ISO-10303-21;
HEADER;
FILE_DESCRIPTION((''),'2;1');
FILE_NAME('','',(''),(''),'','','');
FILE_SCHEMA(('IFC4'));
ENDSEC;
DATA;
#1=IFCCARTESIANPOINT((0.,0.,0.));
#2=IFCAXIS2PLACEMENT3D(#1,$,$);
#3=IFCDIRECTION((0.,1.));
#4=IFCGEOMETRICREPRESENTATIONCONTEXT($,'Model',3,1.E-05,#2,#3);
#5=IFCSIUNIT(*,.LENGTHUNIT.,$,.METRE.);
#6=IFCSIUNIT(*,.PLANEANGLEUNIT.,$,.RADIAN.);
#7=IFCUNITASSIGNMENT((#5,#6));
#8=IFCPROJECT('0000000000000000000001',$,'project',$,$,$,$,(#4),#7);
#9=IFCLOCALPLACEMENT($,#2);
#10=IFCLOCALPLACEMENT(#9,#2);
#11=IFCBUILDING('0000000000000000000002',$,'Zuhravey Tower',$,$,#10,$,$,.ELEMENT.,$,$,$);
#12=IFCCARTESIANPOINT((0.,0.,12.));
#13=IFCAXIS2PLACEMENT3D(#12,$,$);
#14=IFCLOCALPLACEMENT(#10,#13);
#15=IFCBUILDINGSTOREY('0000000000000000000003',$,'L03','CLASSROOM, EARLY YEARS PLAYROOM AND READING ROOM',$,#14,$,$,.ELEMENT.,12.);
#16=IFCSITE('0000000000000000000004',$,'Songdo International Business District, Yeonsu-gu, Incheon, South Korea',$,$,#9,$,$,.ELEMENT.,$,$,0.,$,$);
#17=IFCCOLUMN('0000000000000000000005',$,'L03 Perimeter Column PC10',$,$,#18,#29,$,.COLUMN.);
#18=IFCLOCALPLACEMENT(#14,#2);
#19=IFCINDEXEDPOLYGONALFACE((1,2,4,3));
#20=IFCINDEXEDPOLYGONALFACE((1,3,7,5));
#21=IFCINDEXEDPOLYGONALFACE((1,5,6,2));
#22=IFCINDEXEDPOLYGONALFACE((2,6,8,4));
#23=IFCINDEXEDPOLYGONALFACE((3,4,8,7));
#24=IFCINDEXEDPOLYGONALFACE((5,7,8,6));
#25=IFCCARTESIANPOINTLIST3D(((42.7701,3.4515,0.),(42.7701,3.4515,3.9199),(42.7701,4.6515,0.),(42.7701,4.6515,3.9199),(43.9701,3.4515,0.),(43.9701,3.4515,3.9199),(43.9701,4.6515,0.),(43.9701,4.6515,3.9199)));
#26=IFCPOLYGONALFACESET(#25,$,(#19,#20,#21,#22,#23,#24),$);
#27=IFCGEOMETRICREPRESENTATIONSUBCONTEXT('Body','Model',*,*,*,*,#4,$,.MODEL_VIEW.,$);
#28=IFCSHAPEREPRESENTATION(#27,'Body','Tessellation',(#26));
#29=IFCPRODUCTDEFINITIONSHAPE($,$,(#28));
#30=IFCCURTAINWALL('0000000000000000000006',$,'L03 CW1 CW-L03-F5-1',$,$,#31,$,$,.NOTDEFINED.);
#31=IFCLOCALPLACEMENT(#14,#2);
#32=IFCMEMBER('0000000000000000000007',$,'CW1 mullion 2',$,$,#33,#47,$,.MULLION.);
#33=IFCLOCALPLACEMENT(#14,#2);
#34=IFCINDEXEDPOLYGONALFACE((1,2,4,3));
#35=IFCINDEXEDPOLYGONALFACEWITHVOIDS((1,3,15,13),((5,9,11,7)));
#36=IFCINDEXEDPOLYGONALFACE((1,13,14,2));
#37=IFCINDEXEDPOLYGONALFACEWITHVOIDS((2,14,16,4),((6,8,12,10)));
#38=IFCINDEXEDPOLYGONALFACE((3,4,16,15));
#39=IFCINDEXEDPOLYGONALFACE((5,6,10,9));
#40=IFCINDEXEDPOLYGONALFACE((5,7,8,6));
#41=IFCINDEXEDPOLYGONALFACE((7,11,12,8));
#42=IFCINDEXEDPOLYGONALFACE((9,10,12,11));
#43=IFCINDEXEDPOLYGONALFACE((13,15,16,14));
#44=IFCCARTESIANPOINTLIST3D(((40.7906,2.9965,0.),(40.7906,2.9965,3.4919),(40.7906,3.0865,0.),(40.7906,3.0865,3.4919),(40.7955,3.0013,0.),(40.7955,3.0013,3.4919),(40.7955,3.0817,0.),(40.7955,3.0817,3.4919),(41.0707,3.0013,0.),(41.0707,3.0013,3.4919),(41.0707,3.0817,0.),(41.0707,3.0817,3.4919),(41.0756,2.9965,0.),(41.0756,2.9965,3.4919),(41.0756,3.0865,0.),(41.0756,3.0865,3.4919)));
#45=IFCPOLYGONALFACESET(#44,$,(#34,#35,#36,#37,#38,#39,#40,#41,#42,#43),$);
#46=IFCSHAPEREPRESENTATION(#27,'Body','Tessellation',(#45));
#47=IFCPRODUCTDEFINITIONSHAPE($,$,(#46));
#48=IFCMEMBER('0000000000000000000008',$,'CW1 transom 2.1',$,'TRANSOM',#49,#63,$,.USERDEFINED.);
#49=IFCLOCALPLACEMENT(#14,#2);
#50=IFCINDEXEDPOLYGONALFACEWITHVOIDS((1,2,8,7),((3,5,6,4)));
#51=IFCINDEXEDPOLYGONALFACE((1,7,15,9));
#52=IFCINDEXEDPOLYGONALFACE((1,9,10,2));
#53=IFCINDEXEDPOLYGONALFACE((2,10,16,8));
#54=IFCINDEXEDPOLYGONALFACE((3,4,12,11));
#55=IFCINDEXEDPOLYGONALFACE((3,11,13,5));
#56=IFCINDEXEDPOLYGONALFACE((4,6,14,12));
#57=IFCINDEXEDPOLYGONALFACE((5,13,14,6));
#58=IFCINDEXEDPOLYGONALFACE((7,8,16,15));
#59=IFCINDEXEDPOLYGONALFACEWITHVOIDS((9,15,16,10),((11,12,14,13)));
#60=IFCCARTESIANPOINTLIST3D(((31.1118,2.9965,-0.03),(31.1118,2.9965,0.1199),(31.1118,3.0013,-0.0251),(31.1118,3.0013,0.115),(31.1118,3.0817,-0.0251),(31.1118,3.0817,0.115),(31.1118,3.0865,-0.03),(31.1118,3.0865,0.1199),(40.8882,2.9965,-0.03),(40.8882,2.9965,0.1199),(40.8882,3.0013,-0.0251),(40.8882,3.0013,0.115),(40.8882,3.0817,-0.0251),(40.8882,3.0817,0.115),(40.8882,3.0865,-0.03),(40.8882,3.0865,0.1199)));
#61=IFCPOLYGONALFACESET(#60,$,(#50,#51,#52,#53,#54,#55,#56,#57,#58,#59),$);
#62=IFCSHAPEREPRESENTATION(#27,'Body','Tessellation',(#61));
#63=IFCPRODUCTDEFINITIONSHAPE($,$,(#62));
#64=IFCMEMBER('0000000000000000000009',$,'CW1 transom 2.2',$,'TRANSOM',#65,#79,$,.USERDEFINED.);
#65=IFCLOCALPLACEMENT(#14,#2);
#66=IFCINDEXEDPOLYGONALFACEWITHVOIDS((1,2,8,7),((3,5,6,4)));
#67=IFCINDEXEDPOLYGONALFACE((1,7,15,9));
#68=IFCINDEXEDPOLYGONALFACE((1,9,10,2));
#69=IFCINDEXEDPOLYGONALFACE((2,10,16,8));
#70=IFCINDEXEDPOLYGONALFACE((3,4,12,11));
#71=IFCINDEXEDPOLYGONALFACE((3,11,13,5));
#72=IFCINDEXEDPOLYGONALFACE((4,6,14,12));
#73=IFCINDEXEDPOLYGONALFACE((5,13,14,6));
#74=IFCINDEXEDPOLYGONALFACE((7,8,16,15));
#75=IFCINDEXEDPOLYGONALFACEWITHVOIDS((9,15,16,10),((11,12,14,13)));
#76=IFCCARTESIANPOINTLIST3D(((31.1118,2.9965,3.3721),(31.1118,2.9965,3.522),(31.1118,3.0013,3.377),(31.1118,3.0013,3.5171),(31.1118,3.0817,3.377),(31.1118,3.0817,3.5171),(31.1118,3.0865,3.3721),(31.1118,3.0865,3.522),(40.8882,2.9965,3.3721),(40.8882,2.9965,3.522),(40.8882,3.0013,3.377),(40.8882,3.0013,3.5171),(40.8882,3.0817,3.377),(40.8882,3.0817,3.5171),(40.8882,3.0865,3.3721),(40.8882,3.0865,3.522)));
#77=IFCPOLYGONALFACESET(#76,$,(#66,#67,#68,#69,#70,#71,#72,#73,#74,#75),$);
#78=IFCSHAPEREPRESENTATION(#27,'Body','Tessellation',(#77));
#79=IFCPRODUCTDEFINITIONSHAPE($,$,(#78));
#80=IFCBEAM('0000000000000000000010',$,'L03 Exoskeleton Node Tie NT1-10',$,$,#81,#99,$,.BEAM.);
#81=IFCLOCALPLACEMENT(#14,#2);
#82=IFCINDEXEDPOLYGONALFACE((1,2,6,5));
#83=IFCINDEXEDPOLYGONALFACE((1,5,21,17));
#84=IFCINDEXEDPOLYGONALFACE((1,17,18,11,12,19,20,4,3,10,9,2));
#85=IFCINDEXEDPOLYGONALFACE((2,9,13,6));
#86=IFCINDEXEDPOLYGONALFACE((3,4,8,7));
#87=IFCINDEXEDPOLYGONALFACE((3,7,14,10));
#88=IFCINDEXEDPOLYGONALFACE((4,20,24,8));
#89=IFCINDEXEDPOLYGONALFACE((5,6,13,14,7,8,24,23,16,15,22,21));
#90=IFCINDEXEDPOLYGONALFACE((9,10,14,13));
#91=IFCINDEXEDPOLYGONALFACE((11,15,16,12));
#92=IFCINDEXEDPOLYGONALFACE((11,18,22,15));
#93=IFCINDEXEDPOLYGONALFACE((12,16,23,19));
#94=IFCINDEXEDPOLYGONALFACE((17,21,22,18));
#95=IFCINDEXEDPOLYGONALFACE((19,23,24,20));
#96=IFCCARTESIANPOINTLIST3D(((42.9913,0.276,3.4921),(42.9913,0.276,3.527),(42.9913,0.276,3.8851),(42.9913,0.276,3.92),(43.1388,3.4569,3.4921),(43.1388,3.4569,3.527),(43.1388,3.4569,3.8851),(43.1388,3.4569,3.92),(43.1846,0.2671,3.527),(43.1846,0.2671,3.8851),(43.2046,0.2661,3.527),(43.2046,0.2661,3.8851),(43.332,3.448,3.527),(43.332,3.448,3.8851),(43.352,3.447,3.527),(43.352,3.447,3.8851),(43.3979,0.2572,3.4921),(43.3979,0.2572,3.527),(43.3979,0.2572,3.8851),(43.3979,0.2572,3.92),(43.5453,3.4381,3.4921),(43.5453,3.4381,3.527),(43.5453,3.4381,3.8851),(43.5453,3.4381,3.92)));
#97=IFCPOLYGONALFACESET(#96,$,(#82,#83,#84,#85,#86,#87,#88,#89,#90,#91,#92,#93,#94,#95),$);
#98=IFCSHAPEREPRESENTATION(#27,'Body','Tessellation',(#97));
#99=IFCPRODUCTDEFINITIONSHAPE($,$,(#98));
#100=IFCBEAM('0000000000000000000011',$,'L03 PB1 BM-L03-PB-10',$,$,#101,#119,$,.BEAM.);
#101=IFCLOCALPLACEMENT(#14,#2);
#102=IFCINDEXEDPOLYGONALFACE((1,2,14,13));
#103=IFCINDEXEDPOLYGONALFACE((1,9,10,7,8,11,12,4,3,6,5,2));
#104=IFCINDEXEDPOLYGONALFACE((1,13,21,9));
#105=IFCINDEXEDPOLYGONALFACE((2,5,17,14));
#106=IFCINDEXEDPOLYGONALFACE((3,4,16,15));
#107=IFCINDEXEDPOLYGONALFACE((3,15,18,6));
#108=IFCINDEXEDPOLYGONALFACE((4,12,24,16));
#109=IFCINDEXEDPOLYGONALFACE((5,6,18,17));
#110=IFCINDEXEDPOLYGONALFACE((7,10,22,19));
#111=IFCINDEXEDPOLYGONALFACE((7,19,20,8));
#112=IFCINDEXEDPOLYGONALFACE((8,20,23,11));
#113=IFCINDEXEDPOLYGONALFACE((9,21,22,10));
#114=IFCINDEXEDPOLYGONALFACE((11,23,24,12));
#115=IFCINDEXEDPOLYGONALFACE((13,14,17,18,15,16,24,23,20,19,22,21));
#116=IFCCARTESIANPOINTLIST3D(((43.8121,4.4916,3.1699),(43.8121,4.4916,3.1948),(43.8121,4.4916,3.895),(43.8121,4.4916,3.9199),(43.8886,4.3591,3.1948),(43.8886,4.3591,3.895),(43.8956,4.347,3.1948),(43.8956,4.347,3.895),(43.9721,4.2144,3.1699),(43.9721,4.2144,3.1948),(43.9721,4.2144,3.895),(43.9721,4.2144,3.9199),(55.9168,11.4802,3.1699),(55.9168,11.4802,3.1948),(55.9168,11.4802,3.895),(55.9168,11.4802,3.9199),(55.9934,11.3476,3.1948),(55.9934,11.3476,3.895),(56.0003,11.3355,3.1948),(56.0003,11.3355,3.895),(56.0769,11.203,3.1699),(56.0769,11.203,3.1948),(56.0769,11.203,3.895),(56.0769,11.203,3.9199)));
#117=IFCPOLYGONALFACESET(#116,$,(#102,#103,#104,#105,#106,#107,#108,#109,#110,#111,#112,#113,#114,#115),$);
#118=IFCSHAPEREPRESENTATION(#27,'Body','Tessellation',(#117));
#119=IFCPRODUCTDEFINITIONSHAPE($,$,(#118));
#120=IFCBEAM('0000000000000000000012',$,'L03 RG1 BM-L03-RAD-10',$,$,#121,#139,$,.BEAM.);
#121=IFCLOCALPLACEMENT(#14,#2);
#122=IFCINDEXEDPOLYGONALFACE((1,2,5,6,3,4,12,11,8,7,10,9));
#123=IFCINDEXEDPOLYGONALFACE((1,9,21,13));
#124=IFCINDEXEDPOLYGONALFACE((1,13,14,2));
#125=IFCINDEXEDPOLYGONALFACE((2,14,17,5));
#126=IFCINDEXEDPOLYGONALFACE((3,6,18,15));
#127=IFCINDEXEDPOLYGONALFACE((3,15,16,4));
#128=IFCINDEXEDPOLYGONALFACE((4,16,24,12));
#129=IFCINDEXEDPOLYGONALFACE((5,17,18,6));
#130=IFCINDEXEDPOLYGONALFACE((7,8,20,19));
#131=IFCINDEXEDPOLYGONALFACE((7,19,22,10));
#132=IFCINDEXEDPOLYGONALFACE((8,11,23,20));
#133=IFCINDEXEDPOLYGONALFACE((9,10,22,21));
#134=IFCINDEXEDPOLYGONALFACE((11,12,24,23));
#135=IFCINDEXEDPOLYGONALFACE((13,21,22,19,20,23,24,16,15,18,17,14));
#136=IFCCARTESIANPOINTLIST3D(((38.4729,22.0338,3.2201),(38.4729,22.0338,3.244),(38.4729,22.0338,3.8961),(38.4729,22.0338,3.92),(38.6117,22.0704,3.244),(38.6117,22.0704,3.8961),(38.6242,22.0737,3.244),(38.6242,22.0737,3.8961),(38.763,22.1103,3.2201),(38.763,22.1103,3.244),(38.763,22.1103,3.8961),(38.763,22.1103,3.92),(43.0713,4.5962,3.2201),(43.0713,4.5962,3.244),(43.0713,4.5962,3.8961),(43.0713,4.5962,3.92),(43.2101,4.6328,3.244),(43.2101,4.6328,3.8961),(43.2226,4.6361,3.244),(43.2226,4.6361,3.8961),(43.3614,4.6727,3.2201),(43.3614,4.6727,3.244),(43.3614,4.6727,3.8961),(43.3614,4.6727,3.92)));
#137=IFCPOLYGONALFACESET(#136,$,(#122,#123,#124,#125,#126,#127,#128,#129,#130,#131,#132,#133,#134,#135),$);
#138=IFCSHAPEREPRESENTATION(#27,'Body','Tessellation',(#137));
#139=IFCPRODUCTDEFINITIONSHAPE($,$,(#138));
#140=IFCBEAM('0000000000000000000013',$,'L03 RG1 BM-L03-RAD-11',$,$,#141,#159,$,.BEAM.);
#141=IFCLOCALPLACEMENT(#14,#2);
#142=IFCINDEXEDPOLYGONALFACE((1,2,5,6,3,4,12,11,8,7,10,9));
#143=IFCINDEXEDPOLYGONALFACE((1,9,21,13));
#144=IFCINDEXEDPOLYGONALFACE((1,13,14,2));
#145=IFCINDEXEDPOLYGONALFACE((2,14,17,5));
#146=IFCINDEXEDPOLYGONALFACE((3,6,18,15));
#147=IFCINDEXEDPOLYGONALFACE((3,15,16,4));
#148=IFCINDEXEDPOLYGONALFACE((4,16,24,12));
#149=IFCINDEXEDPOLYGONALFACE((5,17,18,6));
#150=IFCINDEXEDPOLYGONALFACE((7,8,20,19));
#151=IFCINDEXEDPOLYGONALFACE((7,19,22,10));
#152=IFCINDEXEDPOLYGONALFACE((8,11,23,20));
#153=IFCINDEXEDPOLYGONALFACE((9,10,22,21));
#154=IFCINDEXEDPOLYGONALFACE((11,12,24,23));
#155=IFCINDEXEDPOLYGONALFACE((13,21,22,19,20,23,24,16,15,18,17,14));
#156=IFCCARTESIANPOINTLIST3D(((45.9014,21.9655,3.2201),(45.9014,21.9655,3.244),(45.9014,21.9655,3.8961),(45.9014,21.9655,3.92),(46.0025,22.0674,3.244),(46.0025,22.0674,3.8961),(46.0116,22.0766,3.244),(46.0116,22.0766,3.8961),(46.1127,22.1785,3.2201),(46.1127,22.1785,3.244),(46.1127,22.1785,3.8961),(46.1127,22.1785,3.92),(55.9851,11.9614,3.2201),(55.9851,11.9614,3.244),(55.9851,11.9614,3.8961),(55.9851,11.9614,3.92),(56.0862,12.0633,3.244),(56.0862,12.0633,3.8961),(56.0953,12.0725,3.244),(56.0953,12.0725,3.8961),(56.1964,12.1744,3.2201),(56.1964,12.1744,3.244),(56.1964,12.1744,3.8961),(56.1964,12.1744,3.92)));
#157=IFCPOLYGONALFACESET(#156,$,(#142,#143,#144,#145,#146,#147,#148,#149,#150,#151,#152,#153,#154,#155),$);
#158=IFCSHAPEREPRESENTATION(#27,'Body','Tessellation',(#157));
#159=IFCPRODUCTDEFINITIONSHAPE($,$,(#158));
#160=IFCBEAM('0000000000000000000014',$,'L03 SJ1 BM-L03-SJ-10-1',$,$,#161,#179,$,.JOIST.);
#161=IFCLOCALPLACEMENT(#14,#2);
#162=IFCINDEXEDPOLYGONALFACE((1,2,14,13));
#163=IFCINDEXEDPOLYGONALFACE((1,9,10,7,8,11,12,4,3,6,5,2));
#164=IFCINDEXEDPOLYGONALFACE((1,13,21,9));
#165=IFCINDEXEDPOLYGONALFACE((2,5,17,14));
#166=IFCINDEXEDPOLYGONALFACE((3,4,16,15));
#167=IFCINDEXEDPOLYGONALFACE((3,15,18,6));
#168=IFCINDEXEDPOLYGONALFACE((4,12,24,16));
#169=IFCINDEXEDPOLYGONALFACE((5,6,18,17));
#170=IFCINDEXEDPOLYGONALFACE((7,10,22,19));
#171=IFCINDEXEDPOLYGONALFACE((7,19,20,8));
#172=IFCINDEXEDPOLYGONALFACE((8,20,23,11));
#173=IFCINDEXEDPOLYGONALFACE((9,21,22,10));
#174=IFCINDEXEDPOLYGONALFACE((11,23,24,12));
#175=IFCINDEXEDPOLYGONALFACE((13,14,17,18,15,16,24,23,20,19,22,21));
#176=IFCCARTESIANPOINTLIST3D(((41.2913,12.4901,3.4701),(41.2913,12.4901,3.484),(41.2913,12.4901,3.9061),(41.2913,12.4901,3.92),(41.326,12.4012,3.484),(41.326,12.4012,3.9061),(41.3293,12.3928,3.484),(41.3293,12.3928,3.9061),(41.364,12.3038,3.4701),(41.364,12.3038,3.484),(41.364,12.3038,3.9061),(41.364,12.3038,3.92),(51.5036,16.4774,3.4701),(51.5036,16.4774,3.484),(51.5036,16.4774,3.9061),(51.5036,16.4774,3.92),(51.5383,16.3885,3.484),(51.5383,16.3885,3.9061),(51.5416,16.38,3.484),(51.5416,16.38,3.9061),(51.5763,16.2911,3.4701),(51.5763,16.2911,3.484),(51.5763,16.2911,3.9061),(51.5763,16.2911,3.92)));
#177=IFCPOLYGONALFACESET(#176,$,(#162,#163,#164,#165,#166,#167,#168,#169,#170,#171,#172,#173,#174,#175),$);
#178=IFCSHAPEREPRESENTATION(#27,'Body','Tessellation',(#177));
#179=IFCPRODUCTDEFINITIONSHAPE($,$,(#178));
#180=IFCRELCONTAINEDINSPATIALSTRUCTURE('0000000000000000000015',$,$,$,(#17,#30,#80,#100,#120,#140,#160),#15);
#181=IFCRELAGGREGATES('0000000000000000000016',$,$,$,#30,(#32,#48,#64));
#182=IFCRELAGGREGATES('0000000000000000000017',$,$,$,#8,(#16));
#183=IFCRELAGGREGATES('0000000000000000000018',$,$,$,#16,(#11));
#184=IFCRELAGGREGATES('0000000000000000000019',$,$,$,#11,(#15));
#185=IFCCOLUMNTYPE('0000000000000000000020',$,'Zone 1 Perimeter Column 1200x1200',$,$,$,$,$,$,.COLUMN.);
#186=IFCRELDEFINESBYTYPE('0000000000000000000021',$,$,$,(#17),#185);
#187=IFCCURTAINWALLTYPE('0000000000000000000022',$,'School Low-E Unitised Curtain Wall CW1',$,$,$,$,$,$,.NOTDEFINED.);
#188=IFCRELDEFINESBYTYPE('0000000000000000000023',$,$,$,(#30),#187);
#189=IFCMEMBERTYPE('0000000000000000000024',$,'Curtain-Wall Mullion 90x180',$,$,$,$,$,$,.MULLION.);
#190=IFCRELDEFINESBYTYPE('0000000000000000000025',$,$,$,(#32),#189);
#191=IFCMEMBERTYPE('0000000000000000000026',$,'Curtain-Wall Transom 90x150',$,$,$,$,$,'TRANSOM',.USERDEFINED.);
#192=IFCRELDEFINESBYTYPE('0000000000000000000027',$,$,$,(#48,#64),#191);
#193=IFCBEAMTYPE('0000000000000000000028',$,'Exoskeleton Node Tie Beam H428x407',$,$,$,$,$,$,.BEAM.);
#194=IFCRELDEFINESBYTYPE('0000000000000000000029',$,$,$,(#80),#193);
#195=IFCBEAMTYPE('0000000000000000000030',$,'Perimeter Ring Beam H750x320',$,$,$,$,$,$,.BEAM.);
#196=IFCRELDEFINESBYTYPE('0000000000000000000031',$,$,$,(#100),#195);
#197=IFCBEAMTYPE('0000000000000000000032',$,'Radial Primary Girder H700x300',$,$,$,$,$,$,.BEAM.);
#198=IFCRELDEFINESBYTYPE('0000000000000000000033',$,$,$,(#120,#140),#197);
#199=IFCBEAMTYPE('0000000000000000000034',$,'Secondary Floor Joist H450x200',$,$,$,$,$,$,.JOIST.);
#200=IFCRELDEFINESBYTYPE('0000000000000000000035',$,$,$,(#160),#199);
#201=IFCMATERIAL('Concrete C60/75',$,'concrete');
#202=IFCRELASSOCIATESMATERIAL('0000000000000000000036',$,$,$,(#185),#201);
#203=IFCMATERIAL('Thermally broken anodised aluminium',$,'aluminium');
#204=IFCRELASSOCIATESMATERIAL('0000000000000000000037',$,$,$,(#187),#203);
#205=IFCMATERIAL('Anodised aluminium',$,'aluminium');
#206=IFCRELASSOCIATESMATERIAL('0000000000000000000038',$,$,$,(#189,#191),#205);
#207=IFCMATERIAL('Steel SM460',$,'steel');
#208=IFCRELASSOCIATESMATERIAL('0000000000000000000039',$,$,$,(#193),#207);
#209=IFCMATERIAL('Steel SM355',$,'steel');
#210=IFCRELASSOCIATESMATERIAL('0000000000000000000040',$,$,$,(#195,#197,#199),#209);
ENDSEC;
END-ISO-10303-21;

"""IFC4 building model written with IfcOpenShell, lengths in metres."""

from ifc_helpers import new_model, si_unit, direction, frame, origin, origin_2d, place, context, subcontext, project, spatial, rectangle, hollow_rectangle, i_section, extrude, material, material_profile, profile_set, type_object, element, aggregate, save


model = new_model("IFC4")

# Units and contexts
model_context = context("Model", 3, precision=1e-05, world=origin(), true_north=direction((0.0, 1.0)))
body_context = subcontext(model_context, "Body", "Model", "MODEL_VIEW")
ifc_project = project(units=[si_unit("LENGTHUNIT", "METRE"), si_unit("PLANEANGLEUNIT", "RADIAN")], contexts=[model_context])

# Site, building, storey
site_placement = place(None, origin())
site = spatial("IfcSite", under=ifc_project, at=site_placement, Name="Songdo International Business District, Yeonsu-gu, Incheon, South Korea", CompositionType="ELEMENT", RefElevation=0.0)
building_placement = place(site_placement, origin())
building = spatial("IfcBuilding", under=site, at=building_placement, Name="Zuhravey Tower", CompositionType="ELEMENT")
storey_placement = place(building_placement, frame((0.0, 0.0, 12.0)))
storey = spatial("IfcBuildingStorey", under=building, at=storey_placement, Name="L03", Description="CLASSROOM, EARLY YEARS PLAYROOM AND READING ROOM", CompositionType="ELEMENT", Elevation=12.0)

# Column
ifc_material_1 = material(Name="Concrete C60/75", Category="concrete")
ifc_material_profile_1 = material_profile(ifc_material_1, rectangle(XDim=1.2, YDim=1.2, at=origin_2d()), Name="RC-1200x1200")
ifc_profile_set_1 = profile_set([ifc_material_profile_1], Name="Concrete C60/75")
column_type = type_object("IfcColumnType", Name="Zone 1 Perimeter Column 1200x1200", PredefinedType="COLUMN", material=ifc_profile_set_1)
column_placement = place(storey_placement, frame((43.3701, 4.0515, 0.0), z_axis=(0.0, 0.0, 1.0), x_axis=(1.0, 0.0, 0.0)))
element("IfcColumn", 1, at=column_placement, inside=storey, type_object=column_type, Name="L03 Perimeter Column PC10", PredefinedType="COLUMN", context=body_context, shape_type="SweptSolid", body=[
    extrude(rectangle(XDim=1.2, YDim=1.2, at=origin_2d()), origin(), (0.0, 0.0, 1.0), 3.9199),
])

# Curtain wall, members
ifc_material_2 = material(Name="Thermally broken anodised aluminium", Category="aluminium")
curtain_wall_type = type_object("IfcCurtainWallType", Name="School Low-E Unitised Curtain Wall CW1", PredefinedType="NOTDEFINED", material=ifc_material_2)
curtain_wall_placement = place(storey_placement, origin())
curtain_wall = element("IfcCurtainWall", 2, at=curtain_wall_placement, inside=storey, type_object=curtain_wall_type, Name="L03 CW1 CW-L03-F5-1", PredefinedType="NOTDEFINED")
ifc_material_3 = material(Name="Anodised aluminium", Category="aluminium")
ifc_material_profile_2 = material_profile(ifc_material_3, hollow_rectangle(XDim=0.0901, YDim=0.2849, WallThickness=0.0049, at=origin_2d()), Name="ALU-RHS-90x285x5")
ifc_profile_set_2 = profile_set([ifc_material_profile_2], Name="Anodised aluminium")
member_type_1 = type_object("IfcMemberType", Name="Curtain-Wall Mullion 90x180", PredefinedType="MULLION", material=ifc_profile_set_2)
member_1_placement = place(storey_placement, frame((40.9331, 3.0415, 0.0), z_axis=(0.0, 0.0, 1.0), x_axis=(0.0, -1.0, 0.0)))
member_1 = element("IfcMember", 3, at=member_1_placement, type_object=member_type_1, Name="CW1 mullion 2", PredefinedType="MULLION", context=body_context, shape_type="SweptSolid", body=[
    extrude(hollow_rectangle(XDim=0.0901, YDim=0.2849, WallThickness=0.0049, at=origin_2d()), origin(), (0.0, 0.0, 1.0), 3.4919),
])
ifc_material_profile_3 = material_profile(ifc_material_3, hollow_rectangle(XDim=0.0901, YDim=0.1499, WallThickness=0.0049, at=origin_2d()), Name="ALU-RHS-90x150x5")
ifc_profile_set_3 = profile_set([ifc_material_profile_3], Name="Anodised aluminium")
member_type_2 = type_object("IfcMemberType", Name="Curtain-Wall Transom 90x150", ElementType="TRANSOM", PredefinedType="USERDEFINED", material=ifc_profile_set_3)
member_2_placement = place(storey_placement, frame((40.8882, 3.0415, 0.0449), z_axis=(-1.0, 0.0, 0.0), x_axis=(0.0, -1.0, 0.0)))
member_2 = element("IfcMember", 4, at=member_2_placement, type_object=member_type_2, Name="CW1 transom 2.1", ObjectType="TRANSOM", PredefinedType="USERDEFINED", context=body_context, shape_type="SweptSolid", body=[
    extrude(hollow_rectangle(XDim=0.0901, YDim=0.1499, WallThickness=0.0049, at=origin_2d()), origin(), (0.0, 0.0, 1.0), 9.7764),
])
member_3_placement = place(storey_placement, frame((40.8882, 3.0415, 3.447), z_axis=(-1.0, 0.0, 0.0), x_axis=(0.0, -1.0, 0.0)))
member_3 = element("IfcMember", 5, at=member_3_placement, type_object=member_type_2, Name="CW1 transom 2.2", ObjectType="TRANSOM", PredefinedType="USERDEFINED", context=body_context, shape_type="SweptSolid", body=[
    extrude(hollow_rectangle(XDim=0.0901, YDim=0.1499, WallThickness=0.0049, at=origin_2d()), origin(), (0.0, 0.0, 1.0), 9.7764),
])

# Beams
ifc_material_4 = material(Name="Steel SM460", Category="steel")
ifc_material_profile_4 = material_profile(ifc_material_4, i_section(OverallWidth=0.407, OverallDepth=0.428, WebThickness=0.02, FlangeThickness=0.0349, at=origin_2d()), Name="H-428x407x20x35")
ifc_profile_set_4 = profile_set([ifc_material_profile_4], Name="Steel SM460")
beam_type_1 = type_object("IfcBeamType", Name="Exoskeleton Node Tie Beam H428x407", PredefinedType="BEAM", material=ifc_profile_set_4)
beam_1_placement = place(storey_placement, frame((43.342, 3.4475, 3.7061), z_axis=(-0.046308, -0.998927, 0.0), x_axis=(0.998927, -0.046308, 0.0)))
element("IfcBeam", 6, at=beam_1_placement, inside=storey, type_object=beam_type_1, Name="L03 Exoskeleton Node Tie NT1-10", PredefinedType="BEAM", context=body_context, shape_type="SweptSolid", body=[
    extrude(i_section(OverallWidth=0.407, OverallDepth=0.428, WebThickness=0.02, FlangeThickness=0.0349, at=origin_2d()), origin(), (0.0, 0.0, 1.0), 3.1843),
])
ifc_material_5 = material(Name="Steel SM355", Category="steel")
ifc_material_profile_5 = material_profile(ifc_material_5, i_section(OverallWidth=0.3201, OverallDepth=0.75, WebThickness=0.0139, FlangeThickness=0.0249, at=origin_2d()), Name="H-750x320x14x25")
ifc_profile_set_5 = profile_set([ifc_material_profile_5], Name="Steel SM355")
beam_type_2 = type_object("IfcBeamType", Name="Perimeter Ring Beam H750x320", PredefinedType="BEAM", material=ifc_profile_set_5)
beam_2_placement = place(storey_placement, frame((43.8921, 4.353, 3.5449), z_axis=(0.86603, 0.499992, 0.0), x_axis=(-0.499992, 0.86603, 0.0)))
element("IfcBeam", 7, at=beam_2_placement, inside=storey, type_object=beam_type_2, Name="L03 PB1 BM-L03-PB-10", PredefinedType="BEAM", context=body_context, shape_type="SweptSolid", body=[
    extrude(i_section(OverallWidth=0.3201, OverallDepth=0.75, WebThickness=0.0139, FlangeThickness=0.0249, at=origin_2d()), origin(), (0.0, 0.0, 1.0), 13.9773),
])
ifc_material_profile_6 = material_profile(ifc_material_5, i_section(OverallWidth=0.3, OverallDepth=0.7, WebThickness=0.0129, FlangeThickness=0.0239, at=origin_2d()), Name="H-700x300x13x24")
ifc_profile_set_6 = profile_set([ifc_material_profile_6], Name="Steel SM355")
beam_type_3 = type_object("IfcBeamType", Name="Radial Primary Girder H700x300", PredefinedType="BEAM", material=ifc_profile_set_6)
beam_3_placement = place(storey_placement, frame((38.6179, 22.072, 3.5701), z_axis=(0.25499, -0.966944, 0.0), x_axis=(0.966944, 0.25499, 0.0)))
element("IfcBeam", 8, at=beam_3_placement, inside=storey, type_object=beam_type_3, Name="L03 RG1 BM-L03-RAD-10", PredefinedType="BEAM", context=body_context, shape_type="SweptSolid", body=[
    extrude(i_section(OverallWidth=0.3, OverallDepth=0.7, WebThickness=0.0129, FlangeThickness=0.0239, at=origin_2d()), origin(), (0.0, 0.0, 1.0), 18.0337),
])
beam_4_placement = place(storey_placement, frame((46.0071, 22.072, 3.5701), z_axis=(0.709903, -0.7043, 0.0), x_axis=(0.7043, 0.709903, 0.0)))
element("IfcBeam", 9, at=beam_4_placement, inside=storey, type_object=beam_type_3, Name="L03 RG1 BM-L03-RAD-11", PredefinedType="BEAM", context=body_context, shape_type="SweptSolid", body=[
    extrude(i_section(OverallWidth=0.3, OverallDepth=0.7, WebThickness=0.0129, FlangeThickness=0.0239, at=origin_2d()), origin(), (0.0, 0.0, 1.0), 14.2043),
])
ifc_material_profile_7 = material_profile(ifc_material_5, i_section(OverallWidth=0.2, OverallDepth=0.45, WebThickness=0.009, FlangeThickness=0.0139, at=origin_2d()), Name="H-450x200x9x14")
ifc_profile_set_7 = profile_set([ifc_material_profile_7], Name="Steel SM355")
beam_type_4 = type_object("IfcBeamType", Name="Secondary Floor Joist H450x200", PredefinedType="JOIST", material=ifc_profile_set_7)
beam_5_placement = place(storey_placement, frame((41.3276, 12.397, 3.6951), z_axis=(0.931517, 0.363699, 0.0), x_axis=(-0.363699, 0.931517, 0.0)))
element("IfcBeam", 10, at=beam_5_placement, inside=storey, type_object=beam_type_4, Name="L03 SJ1 BM-L03-SJ-10-1", PredefinedType="JOIST", context=body_context, shape_type="SweptSolid", body=[
    extrude(i_section(OverallWidth=0.2, OverallDepth=0.45, WebThickness=0.009, FlangeThickness=0.0139, at=origin_2d()), origin(), (0.0, 0.0, 1.0), 10.9631),
])

aggregate(curtain_wall, [member_1, member_2, member_3])

save(model, "model.ifc")
